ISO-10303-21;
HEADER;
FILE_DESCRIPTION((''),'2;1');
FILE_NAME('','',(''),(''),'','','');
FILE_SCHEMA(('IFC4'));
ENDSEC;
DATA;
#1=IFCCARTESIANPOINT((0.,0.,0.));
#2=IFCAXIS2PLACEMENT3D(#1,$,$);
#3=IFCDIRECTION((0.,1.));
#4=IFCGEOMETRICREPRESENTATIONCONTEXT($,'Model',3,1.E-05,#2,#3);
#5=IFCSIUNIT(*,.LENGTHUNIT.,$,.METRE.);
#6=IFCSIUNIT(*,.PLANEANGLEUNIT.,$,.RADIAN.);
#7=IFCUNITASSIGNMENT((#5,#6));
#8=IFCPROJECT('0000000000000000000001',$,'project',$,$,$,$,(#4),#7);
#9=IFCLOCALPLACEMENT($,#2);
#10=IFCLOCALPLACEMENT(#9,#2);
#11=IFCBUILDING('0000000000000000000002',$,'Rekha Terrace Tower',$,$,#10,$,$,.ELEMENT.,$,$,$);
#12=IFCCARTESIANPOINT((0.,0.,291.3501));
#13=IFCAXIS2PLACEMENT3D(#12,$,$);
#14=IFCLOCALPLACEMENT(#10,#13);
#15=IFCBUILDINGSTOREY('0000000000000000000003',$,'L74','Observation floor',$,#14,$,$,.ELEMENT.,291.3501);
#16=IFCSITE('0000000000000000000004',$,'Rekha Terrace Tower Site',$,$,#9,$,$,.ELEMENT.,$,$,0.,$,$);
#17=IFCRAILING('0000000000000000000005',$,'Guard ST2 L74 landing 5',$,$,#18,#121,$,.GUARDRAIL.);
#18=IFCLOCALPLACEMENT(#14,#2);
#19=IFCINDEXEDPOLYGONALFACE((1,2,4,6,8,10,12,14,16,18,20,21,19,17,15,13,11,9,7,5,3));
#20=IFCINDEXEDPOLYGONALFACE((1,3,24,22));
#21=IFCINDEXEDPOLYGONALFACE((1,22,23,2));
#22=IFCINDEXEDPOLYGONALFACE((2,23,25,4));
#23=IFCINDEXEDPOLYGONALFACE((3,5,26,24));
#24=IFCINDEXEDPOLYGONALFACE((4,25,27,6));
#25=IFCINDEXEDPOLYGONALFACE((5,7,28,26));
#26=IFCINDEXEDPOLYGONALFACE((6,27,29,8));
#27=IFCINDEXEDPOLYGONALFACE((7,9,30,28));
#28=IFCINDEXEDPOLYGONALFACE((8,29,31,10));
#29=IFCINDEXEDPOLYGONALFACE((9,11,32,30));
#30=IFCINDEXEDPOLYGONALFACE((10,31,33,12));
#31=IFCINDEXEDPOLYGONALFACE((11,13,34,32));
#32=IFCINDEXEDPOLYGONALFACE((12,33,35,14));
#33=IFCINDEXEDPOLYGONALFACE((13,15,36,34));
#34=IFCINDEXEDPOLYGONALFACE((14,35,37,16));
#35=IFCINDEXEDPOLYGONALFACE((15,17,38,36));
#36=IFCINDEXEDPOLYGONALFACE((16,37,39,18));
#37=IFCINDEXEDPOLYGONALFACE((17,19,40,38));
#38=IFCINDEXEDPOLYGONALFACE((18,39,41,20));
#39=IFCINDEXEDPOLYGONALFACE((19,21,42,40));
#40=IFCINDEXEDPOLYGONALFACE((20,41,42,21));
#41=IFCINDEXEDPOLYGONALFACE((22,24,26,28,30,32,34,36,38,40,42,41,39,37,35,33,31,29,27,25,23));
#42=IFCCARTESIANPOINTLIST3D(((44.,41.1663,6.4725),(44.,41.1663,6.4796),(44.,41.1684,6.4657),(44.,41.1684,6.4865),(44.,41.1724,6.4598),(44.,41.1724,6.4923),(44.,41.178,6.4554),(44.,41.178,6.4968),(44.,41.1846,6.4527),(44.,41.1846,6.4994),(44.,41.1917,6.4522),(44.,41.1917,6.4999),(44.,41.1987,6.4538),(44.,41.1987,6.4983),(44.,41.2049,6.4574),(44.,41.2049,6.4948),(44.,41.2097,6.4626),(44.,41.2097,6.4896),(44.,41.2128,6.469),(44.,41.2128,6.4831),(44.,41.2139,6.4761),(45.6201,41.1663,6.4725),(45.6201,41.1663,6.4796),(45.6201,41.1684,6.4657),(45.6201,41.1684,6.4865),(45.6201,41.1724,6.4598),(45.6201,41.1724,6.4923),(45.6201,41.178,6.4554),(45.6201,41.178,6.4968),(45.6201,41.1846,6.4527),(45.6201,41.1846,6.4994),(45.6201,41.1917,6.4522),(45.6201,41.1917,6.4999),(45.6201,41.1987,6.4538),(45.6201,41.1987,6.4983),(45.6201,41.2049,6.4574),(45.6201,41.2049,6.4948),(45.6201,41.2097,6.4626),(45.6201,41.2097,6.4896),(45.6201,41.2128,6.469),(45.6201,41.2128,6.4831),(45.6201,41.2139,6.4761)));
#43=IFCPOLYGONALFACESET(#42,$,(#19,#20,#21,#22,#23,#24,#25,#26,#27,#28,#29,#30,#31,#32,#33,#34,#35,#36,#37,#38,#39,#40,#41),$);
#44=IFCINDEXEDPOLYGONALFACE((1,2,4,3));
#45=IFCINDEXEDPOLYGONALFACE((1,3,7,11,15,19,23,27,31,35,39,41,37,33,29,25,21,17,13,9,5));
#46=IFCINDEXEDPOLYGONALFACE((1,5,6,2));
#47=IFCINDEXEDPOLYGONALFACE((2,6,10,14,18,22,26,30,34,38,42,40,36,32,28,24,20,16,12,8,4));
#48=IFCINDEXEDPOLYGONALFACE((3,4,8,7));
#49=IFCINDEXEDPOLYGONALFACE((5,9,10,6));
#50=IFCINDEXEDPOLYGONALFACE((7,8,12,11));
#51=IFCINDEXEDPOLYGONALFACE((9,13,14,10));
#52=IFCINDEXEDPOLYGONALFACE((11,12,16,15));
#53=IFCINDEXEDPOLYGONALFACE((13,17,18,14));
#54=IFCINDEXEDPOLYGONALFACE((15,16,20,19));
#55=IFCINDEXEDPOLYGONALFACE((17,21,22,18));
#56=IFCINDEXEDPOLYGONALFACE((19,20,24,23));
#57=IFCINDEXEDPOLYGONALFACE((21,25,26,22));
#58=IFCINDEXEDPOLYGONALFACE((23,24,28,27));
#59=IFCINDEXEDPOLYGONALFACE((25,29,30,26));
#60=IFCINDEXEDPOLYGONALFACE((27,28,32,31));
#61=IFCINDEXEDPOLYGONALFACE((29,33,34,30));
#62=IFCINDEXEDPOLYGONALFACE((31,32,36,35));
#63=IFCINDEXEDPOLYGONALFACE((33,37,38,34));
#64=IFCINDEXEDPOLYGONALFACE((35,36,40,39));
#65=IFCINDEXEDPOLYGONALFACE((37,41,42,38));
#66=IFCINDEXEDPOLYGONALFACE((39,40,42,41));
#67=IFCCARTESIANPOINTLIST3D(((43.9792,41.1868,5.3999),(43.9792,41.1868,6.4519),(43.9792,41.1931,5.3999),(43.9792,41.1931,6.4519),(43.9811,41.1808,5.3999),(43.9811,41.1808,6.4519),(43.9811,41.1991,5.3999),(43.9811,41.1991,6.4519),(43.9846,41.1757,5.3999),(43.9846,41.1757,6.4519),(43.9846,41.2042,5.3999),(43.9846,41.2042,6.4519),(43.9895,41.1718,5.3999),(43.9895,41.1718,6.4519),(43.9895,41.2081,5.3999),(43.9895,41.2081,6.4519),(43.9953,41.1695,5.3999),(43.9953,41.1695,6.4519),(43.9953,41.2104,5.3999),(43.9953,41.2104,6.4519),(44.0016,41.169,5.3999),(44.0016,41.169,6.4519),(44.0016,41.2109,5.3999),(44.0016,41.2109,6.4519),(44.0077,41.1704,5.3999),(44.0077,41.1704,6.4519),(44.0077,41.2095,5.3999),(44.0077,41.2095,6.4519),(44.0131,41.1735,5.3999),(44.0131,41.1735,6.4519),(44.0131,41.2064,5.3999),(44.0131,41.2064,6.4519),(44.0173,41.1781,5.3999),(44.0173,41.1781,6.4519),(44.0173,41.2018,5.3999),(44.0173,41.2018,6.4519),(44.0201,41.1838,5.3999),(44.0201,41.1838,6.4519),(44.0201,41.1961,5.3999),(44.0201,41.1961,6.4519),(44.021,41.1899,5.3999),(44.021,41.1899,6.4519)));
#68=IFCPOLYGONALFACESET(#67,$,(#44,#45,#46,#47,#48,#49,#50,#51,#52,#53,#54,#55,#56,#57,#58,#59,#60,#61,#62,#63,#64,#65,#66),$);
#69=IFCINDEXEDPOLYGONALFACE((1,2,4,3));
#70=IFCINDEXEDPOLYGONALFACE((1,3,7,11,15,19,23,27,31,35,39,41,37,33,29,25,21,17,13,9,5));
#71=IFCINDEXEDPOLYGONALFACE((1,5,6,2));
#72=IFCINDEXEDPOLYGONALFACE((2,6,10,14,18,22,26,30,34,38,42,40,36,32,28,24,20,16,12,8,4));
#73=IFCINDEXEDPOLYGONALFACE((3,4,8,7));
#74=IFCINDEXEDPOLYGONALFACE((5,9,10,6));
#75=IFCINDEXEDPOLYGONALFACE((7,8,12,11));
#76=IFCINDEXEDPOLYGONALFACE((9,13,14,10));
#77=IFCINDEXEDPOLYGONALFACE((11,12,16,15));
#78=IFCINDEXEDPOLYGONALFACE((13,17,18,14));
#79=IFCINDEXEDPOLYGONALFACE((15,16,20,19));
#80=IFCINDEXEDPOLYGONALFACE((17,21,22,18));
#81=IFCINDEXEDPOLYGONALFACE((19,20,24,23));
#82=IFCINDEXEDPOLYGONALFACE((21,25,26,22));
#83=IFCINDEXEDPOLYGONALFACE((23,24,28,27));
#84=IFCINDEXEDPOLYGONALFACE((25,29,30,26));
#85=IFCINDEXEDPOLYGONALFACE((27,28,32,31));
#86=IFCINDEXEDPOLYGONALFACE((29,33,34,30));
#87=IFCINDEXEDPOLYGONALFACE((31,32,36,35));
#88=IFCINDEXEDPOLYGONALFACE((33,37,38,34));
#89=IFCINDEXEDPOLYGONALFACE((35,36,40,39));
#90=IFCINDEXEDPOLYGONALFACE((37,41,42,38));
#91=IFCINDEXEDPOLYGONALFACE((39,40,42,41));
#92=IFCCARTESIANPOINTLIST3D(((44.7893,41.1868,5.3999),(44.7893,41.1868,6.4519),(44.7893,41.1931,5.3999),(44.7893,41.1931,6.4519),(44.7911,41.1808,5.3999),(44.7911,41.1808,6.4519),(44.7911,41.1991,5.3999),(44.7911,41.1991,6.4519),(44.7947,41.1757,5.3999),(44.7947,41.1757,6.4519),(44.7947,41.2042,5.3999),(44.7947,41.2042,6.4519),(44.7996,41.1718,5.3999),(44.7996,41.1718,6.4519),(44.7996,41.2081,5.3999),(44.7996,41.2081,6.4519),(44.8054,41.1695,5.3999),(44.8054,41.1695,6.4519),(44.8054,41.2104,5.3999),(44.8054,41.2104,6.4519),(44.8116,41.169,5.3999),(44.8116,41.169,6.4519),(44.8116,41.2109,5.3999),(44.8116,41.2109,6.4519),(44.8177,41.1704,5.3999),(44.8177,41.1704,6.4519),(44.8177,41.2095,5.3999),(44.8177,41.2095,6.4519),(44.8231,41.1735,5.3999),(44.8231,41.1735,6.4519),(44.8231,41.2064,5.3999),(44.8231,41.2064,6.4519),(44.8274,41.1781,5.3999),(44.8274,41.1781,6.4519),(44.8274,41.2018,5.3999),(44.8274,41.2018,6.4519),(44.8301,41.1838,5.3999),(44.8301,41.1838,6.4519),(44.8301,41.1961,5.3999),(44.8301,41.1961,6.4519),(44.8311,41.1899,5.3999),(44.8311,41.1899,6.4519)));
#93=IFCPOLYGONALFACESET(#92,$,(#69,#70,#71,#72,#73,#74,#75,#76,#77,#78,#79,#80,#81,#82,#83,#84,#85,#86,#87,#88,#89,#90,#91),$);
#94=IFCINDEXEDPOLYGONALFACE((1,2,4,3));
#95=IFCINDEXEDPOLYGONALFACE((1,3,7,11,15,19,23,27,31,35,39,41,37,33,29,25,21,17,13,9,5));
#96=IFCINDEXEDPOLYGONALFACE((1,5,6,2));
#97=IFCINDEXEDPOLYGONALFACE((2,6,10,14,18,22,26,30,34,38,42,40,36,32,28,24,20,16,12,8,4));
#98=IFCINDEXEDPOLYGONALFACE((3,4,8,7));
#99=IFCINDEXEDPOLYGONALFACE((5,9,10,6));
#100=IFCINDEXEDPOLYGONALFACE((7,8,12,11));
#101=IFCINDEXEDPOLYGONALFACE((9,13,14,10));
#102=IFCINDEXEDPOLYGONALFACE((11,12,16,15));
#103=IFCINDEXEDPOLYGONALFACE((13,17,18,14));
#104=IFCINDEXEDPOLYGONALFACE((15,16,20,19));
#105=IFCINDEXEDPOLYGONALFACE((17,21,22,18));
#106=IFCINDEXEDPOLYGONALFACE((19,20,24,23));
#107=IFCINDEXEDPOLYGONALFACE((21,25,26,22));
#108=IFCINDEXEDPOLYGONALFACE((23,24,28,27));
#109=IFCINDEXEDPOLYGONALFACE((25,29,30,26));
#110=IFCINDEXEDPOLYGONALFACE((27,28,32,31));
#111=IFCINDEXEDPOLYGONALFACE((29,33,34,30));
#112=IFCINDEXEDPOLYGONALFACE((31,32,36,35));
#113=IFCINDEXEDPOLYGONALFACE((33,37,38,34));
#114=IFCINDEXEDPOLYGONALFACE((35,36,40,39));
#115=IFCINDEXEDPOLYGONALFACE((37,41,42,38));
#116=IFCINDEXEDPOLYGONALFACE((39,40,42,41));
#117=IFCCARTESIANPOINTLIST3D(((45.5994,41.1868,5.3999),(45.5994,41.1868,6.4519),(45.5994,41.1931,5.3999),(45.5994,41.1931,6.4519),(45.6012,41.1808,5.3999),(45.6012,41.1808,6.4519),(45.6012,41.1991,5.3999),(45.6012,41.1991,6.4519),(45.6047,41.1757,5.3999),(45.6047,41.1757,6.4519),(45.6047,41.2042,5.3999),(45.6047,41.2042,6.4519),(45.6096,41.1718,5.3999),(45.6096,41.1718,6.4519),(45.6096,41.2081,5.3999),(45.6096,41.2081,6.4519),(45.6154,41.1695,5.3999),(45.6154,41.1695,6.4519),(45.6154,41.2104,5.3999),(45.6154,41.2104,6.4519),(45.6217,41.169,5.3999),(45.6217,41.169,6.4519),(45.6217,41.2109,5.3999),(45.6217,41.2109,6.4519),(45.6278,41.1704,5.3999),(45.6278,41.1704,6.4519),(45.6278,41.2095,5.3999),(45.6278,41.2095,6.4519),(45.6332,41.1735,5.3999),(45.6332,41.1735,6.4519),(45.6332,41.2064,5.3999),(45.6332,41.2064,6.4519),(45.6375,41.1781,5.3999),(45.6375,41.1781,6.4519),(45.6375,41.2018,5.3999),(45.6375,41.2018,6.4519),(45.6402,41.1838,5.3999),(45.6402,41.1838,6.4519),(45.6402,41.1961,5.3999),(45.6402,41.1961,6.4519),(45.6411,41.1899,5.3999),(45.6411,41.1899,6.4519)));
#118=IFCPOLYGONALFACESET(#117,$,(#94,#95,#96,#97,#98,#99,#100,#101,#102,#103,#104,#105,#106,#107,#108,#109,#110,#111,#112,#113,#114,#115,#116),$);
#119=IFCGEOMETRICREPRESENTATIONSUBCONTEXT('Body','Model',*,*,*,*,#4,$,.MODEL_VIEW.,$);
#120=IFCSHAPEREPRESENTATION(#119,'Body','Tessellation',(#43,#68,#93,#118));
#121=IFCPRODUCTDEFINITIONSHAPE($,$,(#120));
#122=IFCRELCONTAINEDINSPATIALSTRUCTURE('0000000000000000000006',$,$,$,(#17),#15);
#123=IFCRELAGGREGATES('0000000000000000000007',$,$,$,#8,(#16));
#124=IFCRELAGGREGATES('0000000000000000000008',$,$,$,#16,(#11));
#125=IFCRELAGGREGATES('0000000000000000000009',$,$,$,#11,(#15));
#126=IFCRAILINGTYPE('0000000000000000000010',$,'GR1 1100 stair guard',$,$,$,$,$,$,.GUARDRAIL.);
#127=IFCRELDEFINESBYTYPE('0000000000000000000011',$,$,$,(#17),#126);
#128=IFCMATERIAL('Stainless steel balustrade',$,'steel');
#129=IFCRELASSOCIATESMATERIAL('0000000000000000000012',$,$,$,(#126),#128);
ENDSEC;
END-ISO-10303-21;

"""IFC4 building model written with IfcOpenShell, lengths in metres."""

from ifc_helpers import new_model, si_unit, direction, frame, origin, origin_2d, place, context, subcontext, project, spatial, circle, extrude, material, type_object, element, save


model = new_model("IFC4")

# Units and contexts
model_context = context("Model", 3, precision=1e-05, world=origin(), true_north=direction((0.0, 1.0)))
body_context = subcontext(model_context, "Body", "Model", "MODEL_VIEW")
ifc_project = project(units=[si_unit("LENGTHUNIT", "METRE"), si_unit("PLANEANGLEUNIT", "RADIAN")], contexts=[model_context])

# Site, building, storey
site_placement = place(None, origin())
site = spatial("IfcSite", under=ifc_project, at=site_placement, Name="Rekha Terrace Tower Site", CompositionType="ELEMENT", RefElevation=0.0)
building_placement = place(site_placement, origin())
building = spatial("IfcBuilding", under=site, at=building_placement, Name="Rekha Terrace Tower", CompositionType="ELEMENT")
storey_placement = place(building_placement, frame((0.0, 0.0, 291.3501)))
storey = spatial("IfcBuildingStorey", under=building, at=storey_placement, Name="L74", Description="Observation floor", CompositionType="ELEMENT", Elevation=291.3501)

# Railing
ifc_material_1 = material(Name="Stainless steel balustrade", Category="steel")
railing_type_1 = type_object("IfcRailingType", Name="GR1 1100 stair guard", PredefinedType="GUARDRAIL", material=ifc_material_1)
railing_1_placement = place(storey_placement, frame((44.0, 41.1899, 5.3999)))
element("IfcRailing", 1, at=railing_1_placement, inside=storey, type_object=railing_type_1, Name="Guard ST2 L74 landing 5", PredefinedType="GUARDRAIL", context=body_context, shape_type="SweptSolid", body=[
    extrude(circle(Radius=0.0239, at=origin_2d()), frame((0.0, 0.0, 1.0762), z_axis=(1.0, 0.0, 0.0), x_axis=(0.0, 1.0, 0.0)), (0.0, 0.0, 1.0), 1.6201),
    extrude(circle(Radius=0.021, at=origin_2d()), origin(), (0.0, 0.0, 1.0), 1.052),
    extrude(circle(Radius=0.021, at=origin_2d()), frame((0.8101, 0.0, 0.0)), (0.0, 0.0, 1.0), 1.052),
    extrude(circle(Radius=0.021, at=origin_2d()), frame((1.6201, 0.0, 0.0)), (0.0, 0.0, 1.0), 1.052),
])

save(model, "model.ifc")
